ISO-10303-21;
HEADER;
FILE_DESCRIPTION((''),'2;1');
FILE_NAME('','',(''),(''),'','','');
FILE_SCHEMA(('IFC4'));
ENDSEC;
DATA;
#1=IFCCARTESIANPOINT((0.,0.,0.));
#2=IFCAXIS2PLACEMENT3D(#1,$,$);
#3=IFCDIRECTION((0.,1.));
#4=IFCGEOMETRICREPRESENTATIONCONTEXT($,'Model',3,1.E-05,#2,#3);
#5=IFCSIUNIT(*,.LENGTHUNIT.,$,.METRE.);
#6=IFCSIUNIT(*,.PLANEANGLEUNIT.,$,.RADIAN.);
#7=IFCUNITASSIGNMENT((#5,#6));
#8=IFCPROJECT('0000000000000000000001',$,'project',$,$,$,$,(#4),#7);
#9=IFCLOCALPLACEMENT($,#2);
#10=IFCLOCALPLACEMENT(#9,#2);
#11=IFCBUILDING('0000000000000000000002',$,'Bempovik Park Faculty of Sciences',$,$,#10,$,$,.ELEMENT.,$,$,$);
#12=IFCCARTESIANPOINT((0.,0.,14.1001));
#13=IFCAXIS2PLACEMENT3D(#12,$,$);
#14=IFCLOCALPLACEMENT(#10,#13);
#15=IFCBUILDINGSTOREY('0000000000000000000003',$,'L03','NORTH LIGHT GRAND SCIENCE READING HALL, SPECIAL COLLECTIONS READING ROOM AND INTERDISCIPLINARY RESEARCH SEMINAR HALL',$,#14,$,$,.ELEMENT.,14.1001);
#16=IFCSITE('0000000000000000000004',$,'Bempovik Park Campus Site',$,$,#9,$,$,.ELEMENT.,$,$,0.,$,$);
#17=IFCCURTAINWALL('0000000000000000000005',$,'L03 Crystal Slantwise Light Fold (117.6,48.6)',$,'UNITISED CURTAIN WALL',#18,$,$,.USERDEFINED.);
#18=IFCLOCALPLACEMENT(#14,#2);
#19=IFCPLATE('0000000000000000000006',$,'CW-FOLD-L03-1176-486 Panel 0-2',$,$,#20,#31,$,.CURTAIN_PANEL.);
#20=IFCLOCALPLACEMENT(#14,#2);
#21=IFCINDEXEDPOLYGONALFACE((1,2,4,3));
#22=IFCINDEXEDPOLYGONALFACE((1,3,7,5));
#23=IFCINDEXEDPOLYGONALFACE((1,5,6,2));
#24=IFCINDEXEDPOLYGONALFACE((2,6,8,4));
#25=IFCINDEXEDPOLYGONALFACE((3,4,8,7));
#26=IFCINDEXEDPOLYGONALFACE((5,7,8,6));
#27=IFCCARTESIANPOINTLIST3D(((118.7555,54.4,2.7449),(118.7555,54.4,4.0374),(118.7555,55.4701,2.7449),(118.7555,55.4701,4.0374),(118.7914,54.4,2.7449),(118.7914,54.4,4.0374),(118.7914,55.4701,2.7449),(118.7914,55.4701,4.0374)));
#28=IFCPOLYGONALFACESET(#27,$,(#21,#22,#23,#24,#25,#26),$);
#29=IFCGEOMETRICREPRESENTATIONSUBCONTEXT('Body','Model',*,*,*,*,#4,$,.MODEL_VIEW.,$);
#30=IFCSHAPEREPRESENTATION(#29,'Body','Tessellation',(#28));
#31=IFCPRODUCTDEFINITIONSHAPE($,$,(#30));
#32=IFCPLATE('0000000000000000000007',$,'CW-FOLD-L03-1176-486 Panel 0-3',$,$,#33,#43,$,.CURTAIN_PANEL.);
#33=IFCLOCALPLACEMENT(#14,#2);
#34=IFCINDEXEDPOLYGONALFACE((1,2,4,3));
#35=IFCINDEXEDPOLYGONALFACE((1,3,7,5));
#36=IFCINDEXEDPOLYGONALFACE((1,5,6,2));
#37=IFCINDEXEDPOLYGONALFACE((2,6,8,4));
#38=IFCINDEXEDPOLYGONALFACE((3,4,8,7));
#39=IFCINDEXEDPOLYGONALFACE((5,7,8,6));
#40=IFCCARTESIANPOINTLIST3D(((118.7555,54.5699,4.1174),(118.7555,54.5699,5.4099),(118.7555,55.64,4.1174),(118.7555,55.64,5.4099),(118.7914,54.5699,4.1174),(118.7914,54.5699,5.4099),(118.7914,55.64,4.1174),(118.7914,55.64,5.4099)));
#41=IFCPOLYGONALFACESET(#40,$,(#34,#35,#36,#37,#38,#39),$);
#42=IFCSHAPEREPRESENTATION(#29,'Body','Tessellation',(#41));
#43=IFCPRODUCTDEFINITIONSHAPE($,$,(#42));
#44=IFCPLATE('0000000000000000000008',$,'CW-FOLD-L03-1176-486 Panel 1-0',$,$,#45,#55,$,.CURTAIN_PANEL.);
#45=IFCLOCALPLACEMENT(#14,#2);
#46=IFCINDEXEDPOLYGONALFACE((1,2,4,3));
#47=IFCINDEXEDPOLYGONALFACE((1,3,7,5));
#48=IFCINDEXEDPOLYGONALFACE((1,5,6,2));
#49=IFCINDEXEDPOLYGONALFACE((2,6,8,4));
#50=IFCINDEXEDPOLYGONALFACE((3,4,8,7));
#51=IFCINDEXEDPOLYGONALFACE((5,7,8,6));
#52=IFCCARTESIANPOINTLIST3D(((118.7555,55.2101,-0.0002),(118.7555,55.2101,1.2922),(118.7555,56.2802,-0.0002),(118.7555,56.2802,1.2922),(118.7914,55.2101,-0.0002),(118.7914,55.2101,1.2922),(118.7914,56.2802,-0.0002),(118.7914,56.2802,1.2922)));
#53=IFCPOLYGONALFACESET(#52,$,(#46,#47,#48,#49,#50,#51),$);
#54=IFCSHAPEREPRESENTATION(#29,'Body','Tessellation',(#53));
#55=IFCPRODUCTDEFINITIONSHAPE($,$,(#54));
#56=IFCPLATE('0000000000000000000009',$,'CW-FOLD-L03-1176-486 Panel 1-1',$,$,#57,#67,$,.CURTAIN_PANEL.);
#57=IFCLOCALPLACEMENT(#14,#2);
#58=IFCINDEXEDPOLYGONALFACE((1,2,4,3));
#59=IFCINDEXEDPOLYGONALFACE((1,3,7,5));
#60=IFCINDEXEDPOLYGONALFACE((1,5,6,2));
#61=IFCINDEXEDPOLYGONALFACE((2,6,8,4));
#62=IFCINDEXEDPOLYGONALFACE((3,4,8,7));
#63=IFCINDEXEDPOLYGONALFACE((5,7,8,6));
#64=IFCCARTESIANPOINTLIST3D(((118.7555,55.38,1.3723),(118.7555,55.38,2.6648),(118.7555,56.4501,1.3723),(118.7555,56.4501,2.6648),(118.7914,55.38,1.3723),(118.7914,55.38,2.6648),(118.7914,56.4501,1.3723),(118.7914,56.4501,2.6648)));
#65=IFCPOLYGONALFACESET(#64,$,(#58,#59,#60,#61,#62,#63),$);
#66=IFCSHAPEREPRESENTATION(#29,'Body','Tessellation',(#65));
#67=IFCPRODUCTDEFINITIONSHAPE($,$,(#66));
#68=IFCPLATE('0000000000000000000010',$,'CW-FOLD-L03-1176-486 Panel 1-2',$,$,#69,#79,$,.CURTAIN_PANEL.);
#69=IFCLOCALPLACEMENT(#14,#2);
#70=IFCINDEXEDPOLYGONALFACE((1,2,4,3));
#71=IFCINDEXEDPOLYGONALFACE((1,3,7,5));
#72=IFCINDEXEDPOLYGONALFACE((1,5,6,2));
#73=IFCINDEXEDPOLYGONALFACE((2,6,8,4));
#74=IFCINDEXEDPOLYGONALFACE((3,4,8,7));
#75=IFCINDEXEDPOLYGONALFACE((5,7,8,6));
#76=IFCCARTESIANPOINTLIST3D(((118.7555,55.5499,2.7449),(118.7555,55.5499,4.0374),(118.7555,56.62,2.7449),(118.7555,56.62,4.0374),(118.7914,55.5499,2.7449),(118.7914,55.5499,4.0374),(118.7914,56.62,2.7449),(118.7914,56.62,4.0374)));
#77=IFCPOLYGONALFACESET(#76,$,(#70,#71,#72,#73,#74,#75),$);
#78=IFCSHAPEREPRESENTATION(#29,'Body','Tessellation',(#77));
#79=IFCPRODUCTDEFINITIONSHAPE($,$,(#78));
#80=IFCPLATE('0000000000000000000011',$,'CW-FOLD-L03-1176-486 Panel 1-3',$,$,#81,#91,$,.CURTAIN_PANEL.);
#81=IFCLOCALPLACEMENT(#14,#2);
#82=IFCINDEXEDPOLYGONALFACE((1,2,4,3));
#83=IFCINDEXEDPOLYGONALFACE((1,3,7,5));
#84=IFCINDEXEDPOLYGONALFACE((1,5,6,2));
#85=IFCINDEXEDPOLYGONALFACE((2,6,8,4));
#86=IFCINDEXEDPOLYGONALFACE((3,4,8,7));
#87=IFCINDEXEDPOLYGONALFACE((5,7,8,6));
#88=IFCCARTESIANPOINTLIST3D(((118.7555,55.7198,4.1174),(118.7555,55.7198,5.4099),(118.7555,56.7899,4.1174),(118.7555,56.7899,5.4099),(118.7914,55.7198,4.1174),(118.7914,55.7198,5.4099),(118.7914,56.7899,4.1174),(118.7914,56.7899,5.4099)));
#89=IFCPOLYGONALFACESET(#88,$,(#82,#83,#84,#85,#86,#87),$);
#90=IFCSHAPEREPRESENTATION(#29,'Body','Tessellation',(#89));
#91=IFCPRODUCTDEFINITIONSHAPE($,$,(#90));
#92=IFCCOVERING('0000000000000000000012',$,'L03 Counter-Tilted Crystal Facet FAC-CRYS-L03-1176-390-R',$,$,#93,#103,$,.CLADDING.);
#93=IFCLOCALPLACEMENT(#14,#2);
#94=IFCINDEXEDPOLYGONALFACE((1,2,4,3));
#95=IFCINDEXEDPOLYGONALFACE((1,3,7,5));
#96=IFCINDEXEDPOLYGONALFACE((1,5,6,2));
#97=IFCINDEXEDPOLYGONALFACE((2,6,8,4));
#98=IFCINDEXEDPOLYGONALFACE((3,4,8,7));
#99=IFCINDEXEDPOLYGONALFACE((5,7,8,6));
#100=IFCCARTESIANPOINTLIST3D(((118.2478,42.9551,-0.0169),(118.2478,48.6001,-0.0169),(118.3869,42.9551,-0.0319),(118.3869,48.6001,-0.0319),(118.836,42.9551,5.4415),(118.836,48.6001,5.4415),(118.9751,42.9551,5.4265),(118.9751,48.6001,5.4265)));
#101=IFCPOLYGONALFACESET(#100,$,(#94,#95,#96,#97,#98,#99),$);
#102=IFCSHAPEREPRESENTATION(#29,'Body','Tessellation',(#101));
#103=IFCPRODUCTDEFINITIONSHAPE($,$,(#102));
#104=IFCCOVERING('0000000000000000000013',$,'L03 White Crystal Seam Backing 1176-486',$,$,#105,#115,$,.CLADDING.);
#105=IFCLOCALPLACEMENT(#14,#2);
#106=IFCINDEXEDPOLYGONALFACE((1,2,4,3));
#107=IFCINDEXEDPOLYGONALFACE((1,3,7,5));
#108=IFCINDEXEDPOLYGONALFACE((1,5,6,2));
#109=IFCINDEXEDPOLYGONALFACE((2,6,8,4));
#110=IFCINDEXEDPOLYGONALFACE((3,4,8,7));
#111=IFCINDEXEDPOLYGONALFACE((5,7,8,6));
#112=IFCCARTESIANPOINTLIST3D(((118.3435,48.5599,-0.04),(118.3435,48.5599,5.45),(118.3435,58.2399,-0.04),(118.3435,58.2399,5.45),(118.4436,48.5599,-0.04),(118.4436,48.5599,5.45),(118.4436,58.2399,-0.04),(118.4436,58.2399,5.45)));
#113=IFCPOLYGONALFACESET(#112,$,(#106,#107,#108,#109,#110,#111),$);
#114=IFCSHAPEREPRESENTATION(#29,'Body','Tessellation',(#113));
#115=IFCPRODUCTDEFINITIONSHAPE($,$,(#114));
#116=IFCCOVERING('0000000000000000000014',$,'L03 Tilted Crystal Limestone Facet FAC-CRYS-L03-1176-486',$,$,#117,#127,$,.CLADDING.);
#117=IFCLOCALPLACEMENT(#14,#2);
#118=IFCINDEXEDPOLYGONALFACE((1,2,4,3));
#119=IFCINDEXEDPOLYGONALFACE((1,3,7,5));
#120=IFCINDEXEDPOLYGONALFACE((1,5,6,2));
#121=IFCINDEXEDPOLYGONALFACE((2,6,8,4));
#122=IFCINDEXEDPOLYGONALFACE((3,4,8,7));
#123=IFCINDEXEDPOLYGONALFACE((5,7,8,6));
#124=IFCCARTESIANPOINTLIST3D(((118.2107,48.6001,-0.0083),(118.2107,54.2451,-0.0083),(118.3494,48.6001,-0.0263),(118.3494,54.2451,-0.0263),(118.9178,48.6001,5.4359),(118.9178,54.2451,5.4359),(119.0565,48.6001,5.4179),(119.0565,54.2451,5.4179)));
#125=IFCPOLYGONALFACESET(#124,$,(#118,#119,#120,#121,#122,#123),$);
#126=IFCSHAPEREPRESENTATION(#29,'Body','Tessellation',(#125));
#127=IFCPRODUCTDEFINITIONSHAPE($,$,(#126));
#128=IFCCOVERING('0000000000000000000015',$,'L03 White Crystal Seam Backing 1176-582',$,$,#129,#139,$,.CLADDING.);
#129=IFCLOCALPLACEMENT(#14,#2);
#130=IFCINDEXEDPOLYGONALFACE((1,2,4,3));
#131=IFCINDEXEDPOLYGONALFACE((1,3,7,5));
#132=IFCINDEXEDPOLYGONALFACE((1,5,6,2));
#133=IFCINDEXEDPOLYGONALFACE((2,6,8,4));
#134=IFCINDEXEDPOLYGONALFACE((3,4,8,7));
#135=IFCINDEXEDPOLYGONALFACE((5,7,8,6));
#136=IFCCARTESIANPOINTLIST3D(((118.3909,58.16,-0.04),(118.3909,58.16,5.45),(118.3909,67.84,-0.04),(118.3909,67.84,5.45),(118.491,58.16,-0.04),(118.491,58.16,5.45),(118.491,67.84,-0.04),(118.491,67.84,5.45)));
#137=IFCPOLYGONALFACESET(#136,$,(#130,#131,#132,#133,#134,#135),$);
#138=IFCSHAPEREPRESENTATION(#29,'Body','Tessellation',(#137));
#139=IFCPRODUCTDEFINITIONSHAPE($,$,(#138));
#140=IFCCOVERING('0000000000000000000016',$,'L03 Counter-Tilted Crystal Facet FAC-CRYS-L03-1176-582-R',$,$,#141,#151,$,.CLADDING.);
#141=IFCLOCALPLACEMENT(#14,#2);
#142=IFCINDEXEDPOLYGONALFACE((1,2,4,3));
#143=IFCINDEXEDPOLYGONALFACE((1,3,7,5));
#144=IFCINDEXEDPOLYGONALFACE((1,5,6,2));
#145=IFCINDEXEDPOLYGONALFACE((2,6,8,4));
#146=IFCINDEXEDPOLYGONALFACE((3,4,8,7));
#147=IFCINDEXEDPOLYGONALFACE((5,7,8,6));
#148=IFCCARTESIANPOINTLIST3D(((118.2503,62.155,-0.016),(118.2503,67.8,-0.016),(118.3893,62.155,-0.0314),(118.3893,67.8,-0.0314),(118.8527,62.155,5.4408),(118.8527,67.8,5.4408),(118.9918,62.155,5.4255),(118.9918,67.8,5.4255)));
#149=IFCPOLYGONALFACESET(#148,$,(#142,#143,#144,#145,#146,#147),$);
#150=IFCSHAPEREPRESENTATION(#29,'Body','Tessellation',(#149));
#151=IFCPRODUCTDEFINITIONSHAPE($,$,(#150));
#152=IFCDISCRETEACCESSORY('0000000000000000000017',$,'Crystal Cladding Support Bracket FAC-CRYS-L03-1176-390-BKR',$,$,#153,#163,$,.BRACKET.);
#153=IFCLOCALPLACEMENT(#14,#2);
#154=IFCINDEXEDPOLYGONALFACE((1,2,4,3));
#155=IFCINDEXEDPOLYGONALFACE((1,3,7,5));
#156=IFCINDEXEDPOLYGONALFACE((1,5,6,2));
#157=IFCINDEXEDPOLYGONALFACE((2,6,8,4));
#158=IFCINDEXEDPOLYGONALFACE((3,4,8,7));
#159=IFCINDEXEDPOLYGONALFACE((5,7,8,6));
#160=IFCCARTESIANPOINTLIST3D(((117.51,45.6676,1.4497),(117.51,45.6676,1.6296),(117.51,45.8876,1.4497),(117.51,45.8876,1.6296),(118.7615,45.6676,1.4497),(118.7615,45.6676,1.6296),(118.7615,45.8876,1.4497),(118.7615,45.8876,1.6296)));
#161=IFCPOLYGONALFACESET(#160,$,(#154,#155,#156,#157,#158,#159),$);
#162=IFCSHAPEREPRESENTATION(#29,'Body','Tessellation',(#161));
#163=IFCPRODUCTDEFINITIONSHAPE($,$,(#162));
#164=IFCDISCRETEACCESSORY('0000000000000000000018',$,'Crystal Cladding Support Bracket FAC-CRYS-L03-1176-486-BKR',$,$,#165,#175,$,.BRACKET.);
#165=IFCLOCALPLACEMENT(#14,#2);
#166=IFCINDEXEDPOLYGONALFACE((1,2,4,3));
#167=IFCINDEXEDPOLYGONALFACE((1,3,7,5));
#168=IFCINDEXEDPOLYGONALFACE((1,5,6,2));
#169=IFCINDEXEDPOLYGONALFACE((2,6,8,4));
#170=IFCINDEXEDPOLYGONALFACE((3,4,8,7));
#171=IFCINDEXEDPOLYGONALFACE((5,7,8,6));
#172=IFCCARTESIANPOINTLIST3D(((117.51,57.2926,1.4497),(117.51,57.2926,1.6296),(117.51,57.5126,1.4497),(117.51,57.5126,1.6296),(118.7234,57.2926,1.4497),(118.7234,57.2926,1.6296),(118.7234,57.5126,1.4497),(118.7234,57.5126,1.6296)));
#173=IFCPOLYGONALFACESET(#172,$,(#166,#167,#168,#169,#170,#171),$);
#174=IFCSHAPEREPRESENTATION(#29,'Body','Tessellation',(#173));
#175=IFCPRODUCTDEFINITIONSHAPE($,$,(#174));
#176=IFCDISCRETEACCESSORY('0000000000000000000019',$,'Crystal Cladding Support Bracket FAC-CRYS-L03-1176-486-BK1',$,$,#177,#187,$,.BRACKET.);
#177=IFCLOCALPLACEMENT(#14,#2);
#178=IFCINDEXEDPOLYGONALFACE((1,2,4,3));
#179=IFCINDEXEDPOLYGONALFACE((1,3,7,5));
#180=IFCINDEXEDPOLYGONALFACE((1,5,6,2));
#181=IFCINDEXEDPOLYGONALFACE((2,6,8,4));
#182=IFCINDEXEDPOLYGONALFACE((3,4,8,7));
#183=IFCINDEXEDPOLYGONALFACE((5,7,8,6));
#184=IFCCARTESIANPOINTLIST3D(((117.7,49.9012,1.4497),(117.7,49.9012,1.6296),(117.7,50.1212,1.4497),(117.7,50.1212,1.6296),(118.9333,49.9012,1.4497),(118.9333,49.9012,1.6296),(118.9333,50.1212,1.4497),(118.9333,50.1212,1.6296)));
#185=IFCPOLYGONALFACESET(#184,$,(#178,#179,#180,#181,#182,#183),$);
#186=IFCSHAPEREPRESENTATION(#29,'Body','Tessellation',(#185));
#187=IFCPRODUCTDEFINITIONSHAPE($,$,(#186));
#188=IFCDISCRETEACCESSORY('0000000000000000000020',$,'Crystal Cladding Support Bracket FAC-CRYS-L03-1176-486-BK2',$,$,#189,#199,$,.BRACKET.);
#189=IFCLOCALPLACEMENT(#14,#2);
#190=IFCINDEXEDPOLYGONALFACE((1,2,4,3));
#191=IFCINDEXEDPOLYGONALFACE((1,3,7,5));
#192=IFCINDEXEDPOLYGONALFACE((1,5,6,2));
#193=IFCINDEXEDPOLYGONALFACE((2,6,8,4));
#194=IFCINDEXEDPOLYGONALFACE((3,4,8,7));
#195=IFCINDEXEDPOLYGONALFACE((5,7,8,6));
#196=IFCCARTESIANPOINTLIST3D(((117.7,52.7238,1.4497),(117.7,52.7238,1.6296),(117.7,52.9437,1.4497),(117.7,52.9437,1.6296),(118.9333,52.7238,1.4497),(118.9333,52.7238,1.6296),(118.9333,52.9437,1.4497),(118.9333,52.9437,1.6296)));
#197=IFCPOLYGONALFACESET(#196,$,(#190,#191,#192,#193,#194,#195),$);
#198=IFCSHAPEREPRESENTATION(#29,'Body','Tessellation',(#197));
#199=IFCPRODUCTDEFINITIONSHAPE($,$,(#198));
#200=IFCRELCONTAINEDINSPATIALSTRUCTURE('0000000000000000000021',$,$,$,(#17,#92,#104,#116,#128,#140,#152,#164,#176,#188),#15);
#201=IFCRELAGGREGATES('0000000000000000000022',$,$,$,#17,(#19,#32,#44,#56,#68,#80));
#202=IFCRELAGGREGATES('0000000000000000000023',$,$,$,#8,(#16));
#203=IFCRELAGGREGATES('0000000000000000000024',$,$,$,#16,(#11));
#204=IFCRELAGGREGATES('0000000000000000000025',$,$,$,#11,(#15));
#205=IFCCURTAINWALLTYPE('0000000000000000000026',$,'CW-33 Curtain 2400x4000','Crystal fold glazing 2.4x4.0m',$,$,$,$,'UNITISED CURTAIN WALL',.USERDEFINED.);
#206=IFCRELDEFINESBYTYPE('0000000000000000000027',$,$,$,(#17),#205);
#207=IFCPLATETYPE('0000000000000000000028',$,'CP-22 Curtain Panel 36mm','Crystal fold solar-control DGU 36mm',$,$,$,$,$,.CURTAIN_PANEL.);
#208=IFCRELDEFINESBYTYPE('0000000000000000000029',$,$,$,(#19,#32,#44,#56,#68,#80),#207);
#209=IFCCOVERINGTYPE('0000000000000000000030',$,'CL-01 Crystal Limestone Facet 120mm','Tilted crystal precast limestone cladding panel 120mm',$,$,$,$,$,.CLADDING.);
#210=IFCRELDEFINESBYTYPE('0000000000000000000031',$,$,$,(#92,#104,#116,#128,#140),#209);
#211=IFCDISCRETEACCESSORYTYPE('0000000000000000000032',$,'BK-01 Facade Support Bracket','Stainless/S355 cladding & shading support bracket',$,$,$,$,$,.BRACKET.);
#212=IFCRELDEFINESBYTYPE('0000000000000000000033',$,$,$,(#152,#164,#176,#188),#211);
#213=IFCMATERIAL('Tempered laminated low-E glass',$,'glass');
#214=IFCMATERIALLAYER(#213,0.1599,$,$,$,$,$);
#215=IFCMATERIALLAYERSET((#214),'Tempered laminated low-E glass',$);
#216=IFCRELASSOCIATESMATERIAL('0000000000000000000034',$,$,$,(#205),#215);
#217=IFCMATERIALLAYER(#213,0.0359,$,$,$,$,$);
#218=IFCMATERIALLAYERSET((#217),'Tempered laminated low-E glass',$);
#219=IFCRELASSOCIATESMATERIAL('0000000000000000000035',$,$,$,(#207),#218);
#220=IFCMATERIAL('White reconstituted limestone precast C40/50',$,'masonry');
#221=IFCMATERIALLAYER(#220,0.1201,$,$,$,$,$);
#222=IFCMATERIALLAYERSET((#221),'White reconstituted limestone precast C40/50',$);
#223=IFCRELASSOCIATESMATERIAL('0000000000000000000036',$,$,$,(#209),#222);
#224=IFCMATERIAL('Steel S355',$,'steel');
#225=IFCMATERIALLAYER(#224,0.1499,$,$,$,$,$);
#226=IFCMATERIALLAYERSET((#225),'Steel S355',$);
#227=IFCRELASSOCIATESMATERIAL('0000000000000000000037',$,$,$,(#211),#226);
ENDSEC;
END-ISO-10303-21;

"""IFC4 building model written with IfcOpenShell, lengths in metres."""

from ifc_helpers import new_model, si_unit, direction, frame, origin, origin_2d, place, context, subcontext, project, spatial, rectangle, extrude, material, layer, layer_set, type_object, element, aggregate, save


model = new_model("IFC4")

# Units and contexts
model_context = context("Model", 3, precision=1e-05, world=origin(), true_north=direction((0.0, 1.0)))
body_context = subcontext(model_context, "Body", "Model", "MODEL_VIEW")
ifc_project = project(units=[si_unit("LENGTHUNIT", "METRE"), si_unit("PLANEANGLEUNIT", "RADIAN")], contexts=[model_context])

# Site, building, storey
site_placement = place(None, origin())
site = spatial("IfcSite", under=ifc_project, at=site_placement, Name="Bempovik Park Campus Site", CompositionType="ELEMENT", RefElevation=0.0)
building_placement = place(site_placement, origin())
building = spatial("IfcBuilding", under=site, at=building_placement, Name="Bempovik Park Faculty of Sciences", CompositionType="ELEMENT")
storey_placement = place(building_placement, frame((0.0, 0.0, 14.1001)))
storey = spatial("IfcBuildingStorey", under=building, at=storey_placement, Name="L03", Description="NORTH LIGHT GRAND SCIENCE READING HALL, SPECIAL COLLECTIONS READING ROOM AND INTERDISCIPLINARY RESEARCH SEMINAR HALL", CompositionType="ELEMENT", Elevation=14.1001)

# Curtain wall
ifc_material_1 = material(Name="Tempered laminated low-E glass", Category="glass")
ifc_layer_1 = layer(ifc_material_1, 0.1599)
ifc_layer_set_1 = layer_set([ifc_layer_1], Name="Tempered laminated low-E glass")
curtain_wall_type_1 = type_object("IfcCurtainWallType", Name="CW-33 Curtain 2400x4000", Description="Crystal fold glazing 2.4x4.0m", ElementType="UNITISED CURTAIN WALL", PredefinedType="USERDEFINED", material=ifc_layer_set_1)
curtain_wall_1_placement = place(storey_placement, origin())
curtain_wall_1 = element("IfcCurtainWall", 1, at=curtain_wall_1_placement, inside=storey, type_object=curtain_wall_type_1, Name="L03 Crystal Slantwise Light Fold (117.6,48.6)", ObjectType="UNITISED CURTAIN WALL", PredefinedType="USERDEFINED")

# Plates
ifc_layer_2 = layer(ifc_material_1, 0.0359)
ifc_layer_set_2 = layer_set([ifc_layer_2], Name="Tempered laminated low-E glass")
plate_type = type_object("IfcPlateType", Name="CP-22 Curtain Panel 36mm", Description="Crystal fold solar-control DGU 36mm", PredefinedType="CURTAIN_PANEL", material=ifc_layer_set_2)
plate_1_placement = place(storey_placement, frame((118.7734, 54.9351, 2.7449), z_axis=(0.0, 0.0, 1.0), x_axis=(0.0, 1.0, 0.0)))
plate_1 = element("IfcPlate", 2, at=plate_1_placement, type_object=plate_type, Name="CW-FOLD-L03-1176-486 Panel 0-2", PredefinedType="CURTAIN_PANEL", context=body_context, shape_type="SweptSolid", body=[
    extrude(rectangle(XDim=1.0701, YDim=0.0359, at=origin_2d()), origin(), (0.0, 0.0, 1.0), 1.2925),
])
plate_2_placement = place(storey_placement, frame((118.7734, 55.105, 4.1174), z_axis=(0.0, 0.0, 1.0), x_axis=(0.0, 1.0, 0.0)))
plate_2 = element("IfcPlate", 3, at=plate_2_placement, type_object=plate_type, Name="CW-FOLD-L03-1176-486 Panel 0-3", PredefinedType="CURTAIN_PANEL", context=body_context, shape_type="SweptSolid", body=[
    extrude(rectangle(XDim=1.0701, YDim=0.0359, at=origin_2d()), origin(), (0.0, 0.0, 1.0), 1.2925),
])
plate_3_placement = place(storey_placement, frame((118.7734, 55.7451, -0.0002), z_axis=(0.0, 0.0, 1.0), x_axis=(0.0, 1.0, 0.0)))
plate_3 = element("IfcPlate", 4, at=plate_3_placement, type_object=plate_type, Name="CW-FOLD-L03-1176-486 Panel 1-0", PredefinedType="CURTAIN_PANEL", context=body_context, shape_type="SweptSolid", body=[
    extrude(rectangle(XDim=1.0701, YDim=0.0359, at=origin_2d()), origin(), (0.0, 0.0, 1.0), 1.2925),
])
plate_4_placement = place(storey_placement, frame((118.7734, 55.915, 1.3723), z_axis=(0.0, 0.0, 1.0), x_axis=(0.0, 1.0, 0.0)))
plate_4 = element("IfcPlate", 5, at=plate_4_placement, type_object=plate_type, Name="CW-FOLD-L03-1176-486 Panel 1-1", PredefinedType="CURTAIN_PANEL", context=body_context, shape_type="SweptSolid", body=[
    extrude(rectangle(XDim=1.0701, YDim=0.0359, at=origin_2d()), origin(), (0.0, 0.0, 1.0), 1.2925),
])
plate_5_placement = place(storey_placement, frame((118.7734, 56.085, 2.7449), z_axis=(0.0, 0.0, 1.0), x_axis=(0.0, 1.0, 0.0)))
plate_5 = element("IfcPlate", 6, at=plate_5_placement, type_object=plate_type, Name="CW-FOLD-L03-1176-486 Panel 1-2", PredefinedType="CURTAIN_PANEL", context=body_context, shape_type="SweptSolid", body=[
    extrude(rectangle(XDim=1.0701, YDim=0.0359, at=origin_2d()), origin(), (0.0, 0.0, 1.0), 1.2925),
])
plate_6_placement = place(storey_placement, frame((118.7734, 56.2549, 4.1174), z_axis=(0.0, 0.0, 1.0), x_axis=(0.0, 1.0, 0.0)))
plate_6 = element("IfcPlate", 7, at=plate_6_placement, type_object=plate_type, Name="CW-FOLD-L03-1176-486 Panel 1-3", PredefinedType="CURTAIN_PANEL", context=body_context, shape_type="SweptSolid", body=[
    extrude(rectangle(XDim=1.0701, YDim=0.0359, at=origin_2d()), origin(), (0.0, 0.0, 1.0), 1.2925),
])
aggregate(curtain_wall_1, [plate_1, plate_2, plate_3, plate_4, plate_5, plate_6])

# Coverings
ifc_material_2 = material(Name="White reconstituted limestone precast C40/50", Category="masonry")
ifc_layer_3 = layer(ifc_material_2, 0.1201)
ifc_layer_set_3 = layer_set([ifc_layer_3], Name="White reconstituted limestone precast C40/50")
covering_type = type_object("IfcCoveringType", Name="CL-01 Crystal Limestone Facet 120mm", Description="Tilted crystal precast limestone cladding panel 120mm", PredefinedType="CLADDING", material=ifc_layer_set_3)
covering_1_placement = place(storey_placement, frame((118.3174, 45.7776, -0.0244), z_axis=(0.107132, 0.0, 0.994245), x_axis=(0.0, 1.0, 0.0)))
element("IfcCovering", 8, at=covering_1_placement, inside=storey, type_object=covering_type, Name="L03 Counter-Tilted Crystal Facet FAC-CRYS-L03-1176-390-R", PredefinedType="CLADDING", context=body_context, shape_type="SweptSolid", body=[
    extrude(rectangle(XDim=5.645, YDim=0.1399, at=origin_2d()), origin(), (0.0, 0.0, 1.0), 5.49),
])
covering_2_placement = place(storey_placement, frame((118.3936, 53.3999, -0.04), z_axis=(0.0, 0.0, 1.0), x_axis=(1.0, 0.0, 0.0)))
element("IfcCovering", 9, at=covering_2_placement, inside=storey, type_object=covering_type, Name="L03 White Crystal Seam Backing 1176-486", PredefinedType="CLADDING", context=body_context, shape_type="SweptSolid", body=[
    extrude(rectangle(XDim=0.1001, YDim=9.6799, at=origin_2d()), origin(), (0.0, 0.0, 1.0), 5.49),
])
covering_3_placement = place(storey_placement, frame((118.28, 51.4226, -0.0173), z_axis=(0.128796, 0.0, 0.991671), x_axis=(0.0, 1.0, 0.0)))
element("IfcCovering", 10, at=covering_3_placement, inside=storey, type_object=covering_type, Name="L03 Tilted Crystal Limestone Facet FAC-CRYS-L03-1176-486", PredefinedType="CLADDING", context=body_context, shape_type="SweptSolid", body=[
    extrude(rectangle(XDim=5.645, YDim=0.1399, at=origin_2d()), origin(), (0.0, 0.0, 1.0), 5.49),
])
covering_4_placement = place(storey_placement, frame((118.4409, 63.0, -0.04), z_axis=(0.0, 0.0, 1.0), x_axis=(1.0, 0.0, 0.0)))
element("IfcCovering", 11, at=covering_4_placement, inside=storey, type_object=covering_type, Name="L03 White Crystal Seam Backing 1176-582", PredefinedType="CLADDING", context=body_context, shape_type="SweptSolid", body=[
    extrude(rectangle(XDim=0.1001, YDim=9.6799, at=origin_2d()), origin(), (0.0, 0.0, 1.0), 5.49),
])
covering_5_placement = place(storey_placement, frame((118.3198, 64.9775, -0.0237), z_axis=(0.109734, 0.0, 0.993961), x_axis=(0.0, 1.0, 0.0)))
element("IfcCovering", 12, at=covering_5_placement, inside=storey, type_object=covering_type, Name="L03 Counter-Tilted Crystal Facet FAC-CRYS-L03-1176-582-R", PredefinedType="CLADDING", context=body_context, shape_type="SweptSolid", body=[
    extrude(rectangle(XDim=5.645, YDim=0.1399, at=origin_2d()), origin(), (0.0, 0.0, 1.0), 5.49),
])

# Discrete accessories
ifc_material_3 = material(Name="Steel S355", Category="steel")
ifc_layer_4 = layer(ifc_material_3, 0.1499)
ifc_layer_set_4 = layer_set([ifc_layer_4], Name="Steel S355")
discrete_accessory_type = type_object("IfcDiscreteAccessoryType", Name="BK-01 Facade Support Bracket", Description="Stainless/S355 cladding & shading support bracket", PredefinedType="BRACKET", material=ifc_layer_set_4)
discrete_accessory_1_placement = place(storey_placement, frame((118.1357, 45.7776, 1.4497), z_axis=(0.0, 0.0, 1.0), x_axis=(1.0, 0.0, 0.0)))
element("IfcDiscreteAccessory", 13, at=discrete_accessory_1_placement, inside=storey, type_object=discrete_accessory_type, Name="Crystal Cladding Support Bracket FAC-CRYS-L03-1176-390-BKR", PredefinedType="BRACKET", context=body_context, shape_type="SweptSolid", body=[
    extrude(rectangle(XDim=1.2515, YDim=0.22, at=origin_2d()), origin(), (0.0, 0.0, 1.0), 0.1799),
])
discrete_accessory_2_placement = place(storey_placement, frame((118.1167, 57.4026, 1.4497), z_axis=(0.0, 0.0, 1.0), x_axis=(1.0, 0.0, 0.0)))
element("IfcDiscreteAccessory", 14, at=discrete_accessory_2_placement, inside=storey, type_object=discrete_accessory_type, Name="Crystal Cladding Support Bracket FAC-CRYS-L03-1176-486-BKR", PredefinedType="BRACKET", context=body_context, shape_type="SweptSolid", body=[
    extrude(rectangle(XDim=1.2134, YDim=0.22, at=origin_2d()), origin(), (0.0, 0.0, 1.0), 0.1799),
])
for number, where, z_axis, x_axis, name in (
    (15, (118.3167, 50.0112, 1.4497), (0.0, 0.0, 1.0), (1.0, 0.0, 0.0), "Crystal Cladding Support Bracket FAC-CRYS-L03-1176-486-BK1"),
    (16, (118.3167, 52.8337, 1.4497), (0.0, 0.0, 1.0), (1.0, 0.0, 0.0), "Crystal Cladding Support Bracket FAC-CRYS-L03-1176-486-BK2"),
):
    element("IfcDiscreteAccessory", number, at=place(storey_placement, frame(where, z_axis=z_axis, x_axis=x_axis)), inside=storey, type_object=discrete_accessory_type, Name=name, PredefinedType="BRACKET", context=body_context, shape_type="SweptSolid", body=[
        extrude(rectangle(XDim=1.2334, YDim=0.22, at=origin_2d()), origin(), (0.0, 0.0, 1.0), 0.1799),
    ])

save(model, "model.ifc")
